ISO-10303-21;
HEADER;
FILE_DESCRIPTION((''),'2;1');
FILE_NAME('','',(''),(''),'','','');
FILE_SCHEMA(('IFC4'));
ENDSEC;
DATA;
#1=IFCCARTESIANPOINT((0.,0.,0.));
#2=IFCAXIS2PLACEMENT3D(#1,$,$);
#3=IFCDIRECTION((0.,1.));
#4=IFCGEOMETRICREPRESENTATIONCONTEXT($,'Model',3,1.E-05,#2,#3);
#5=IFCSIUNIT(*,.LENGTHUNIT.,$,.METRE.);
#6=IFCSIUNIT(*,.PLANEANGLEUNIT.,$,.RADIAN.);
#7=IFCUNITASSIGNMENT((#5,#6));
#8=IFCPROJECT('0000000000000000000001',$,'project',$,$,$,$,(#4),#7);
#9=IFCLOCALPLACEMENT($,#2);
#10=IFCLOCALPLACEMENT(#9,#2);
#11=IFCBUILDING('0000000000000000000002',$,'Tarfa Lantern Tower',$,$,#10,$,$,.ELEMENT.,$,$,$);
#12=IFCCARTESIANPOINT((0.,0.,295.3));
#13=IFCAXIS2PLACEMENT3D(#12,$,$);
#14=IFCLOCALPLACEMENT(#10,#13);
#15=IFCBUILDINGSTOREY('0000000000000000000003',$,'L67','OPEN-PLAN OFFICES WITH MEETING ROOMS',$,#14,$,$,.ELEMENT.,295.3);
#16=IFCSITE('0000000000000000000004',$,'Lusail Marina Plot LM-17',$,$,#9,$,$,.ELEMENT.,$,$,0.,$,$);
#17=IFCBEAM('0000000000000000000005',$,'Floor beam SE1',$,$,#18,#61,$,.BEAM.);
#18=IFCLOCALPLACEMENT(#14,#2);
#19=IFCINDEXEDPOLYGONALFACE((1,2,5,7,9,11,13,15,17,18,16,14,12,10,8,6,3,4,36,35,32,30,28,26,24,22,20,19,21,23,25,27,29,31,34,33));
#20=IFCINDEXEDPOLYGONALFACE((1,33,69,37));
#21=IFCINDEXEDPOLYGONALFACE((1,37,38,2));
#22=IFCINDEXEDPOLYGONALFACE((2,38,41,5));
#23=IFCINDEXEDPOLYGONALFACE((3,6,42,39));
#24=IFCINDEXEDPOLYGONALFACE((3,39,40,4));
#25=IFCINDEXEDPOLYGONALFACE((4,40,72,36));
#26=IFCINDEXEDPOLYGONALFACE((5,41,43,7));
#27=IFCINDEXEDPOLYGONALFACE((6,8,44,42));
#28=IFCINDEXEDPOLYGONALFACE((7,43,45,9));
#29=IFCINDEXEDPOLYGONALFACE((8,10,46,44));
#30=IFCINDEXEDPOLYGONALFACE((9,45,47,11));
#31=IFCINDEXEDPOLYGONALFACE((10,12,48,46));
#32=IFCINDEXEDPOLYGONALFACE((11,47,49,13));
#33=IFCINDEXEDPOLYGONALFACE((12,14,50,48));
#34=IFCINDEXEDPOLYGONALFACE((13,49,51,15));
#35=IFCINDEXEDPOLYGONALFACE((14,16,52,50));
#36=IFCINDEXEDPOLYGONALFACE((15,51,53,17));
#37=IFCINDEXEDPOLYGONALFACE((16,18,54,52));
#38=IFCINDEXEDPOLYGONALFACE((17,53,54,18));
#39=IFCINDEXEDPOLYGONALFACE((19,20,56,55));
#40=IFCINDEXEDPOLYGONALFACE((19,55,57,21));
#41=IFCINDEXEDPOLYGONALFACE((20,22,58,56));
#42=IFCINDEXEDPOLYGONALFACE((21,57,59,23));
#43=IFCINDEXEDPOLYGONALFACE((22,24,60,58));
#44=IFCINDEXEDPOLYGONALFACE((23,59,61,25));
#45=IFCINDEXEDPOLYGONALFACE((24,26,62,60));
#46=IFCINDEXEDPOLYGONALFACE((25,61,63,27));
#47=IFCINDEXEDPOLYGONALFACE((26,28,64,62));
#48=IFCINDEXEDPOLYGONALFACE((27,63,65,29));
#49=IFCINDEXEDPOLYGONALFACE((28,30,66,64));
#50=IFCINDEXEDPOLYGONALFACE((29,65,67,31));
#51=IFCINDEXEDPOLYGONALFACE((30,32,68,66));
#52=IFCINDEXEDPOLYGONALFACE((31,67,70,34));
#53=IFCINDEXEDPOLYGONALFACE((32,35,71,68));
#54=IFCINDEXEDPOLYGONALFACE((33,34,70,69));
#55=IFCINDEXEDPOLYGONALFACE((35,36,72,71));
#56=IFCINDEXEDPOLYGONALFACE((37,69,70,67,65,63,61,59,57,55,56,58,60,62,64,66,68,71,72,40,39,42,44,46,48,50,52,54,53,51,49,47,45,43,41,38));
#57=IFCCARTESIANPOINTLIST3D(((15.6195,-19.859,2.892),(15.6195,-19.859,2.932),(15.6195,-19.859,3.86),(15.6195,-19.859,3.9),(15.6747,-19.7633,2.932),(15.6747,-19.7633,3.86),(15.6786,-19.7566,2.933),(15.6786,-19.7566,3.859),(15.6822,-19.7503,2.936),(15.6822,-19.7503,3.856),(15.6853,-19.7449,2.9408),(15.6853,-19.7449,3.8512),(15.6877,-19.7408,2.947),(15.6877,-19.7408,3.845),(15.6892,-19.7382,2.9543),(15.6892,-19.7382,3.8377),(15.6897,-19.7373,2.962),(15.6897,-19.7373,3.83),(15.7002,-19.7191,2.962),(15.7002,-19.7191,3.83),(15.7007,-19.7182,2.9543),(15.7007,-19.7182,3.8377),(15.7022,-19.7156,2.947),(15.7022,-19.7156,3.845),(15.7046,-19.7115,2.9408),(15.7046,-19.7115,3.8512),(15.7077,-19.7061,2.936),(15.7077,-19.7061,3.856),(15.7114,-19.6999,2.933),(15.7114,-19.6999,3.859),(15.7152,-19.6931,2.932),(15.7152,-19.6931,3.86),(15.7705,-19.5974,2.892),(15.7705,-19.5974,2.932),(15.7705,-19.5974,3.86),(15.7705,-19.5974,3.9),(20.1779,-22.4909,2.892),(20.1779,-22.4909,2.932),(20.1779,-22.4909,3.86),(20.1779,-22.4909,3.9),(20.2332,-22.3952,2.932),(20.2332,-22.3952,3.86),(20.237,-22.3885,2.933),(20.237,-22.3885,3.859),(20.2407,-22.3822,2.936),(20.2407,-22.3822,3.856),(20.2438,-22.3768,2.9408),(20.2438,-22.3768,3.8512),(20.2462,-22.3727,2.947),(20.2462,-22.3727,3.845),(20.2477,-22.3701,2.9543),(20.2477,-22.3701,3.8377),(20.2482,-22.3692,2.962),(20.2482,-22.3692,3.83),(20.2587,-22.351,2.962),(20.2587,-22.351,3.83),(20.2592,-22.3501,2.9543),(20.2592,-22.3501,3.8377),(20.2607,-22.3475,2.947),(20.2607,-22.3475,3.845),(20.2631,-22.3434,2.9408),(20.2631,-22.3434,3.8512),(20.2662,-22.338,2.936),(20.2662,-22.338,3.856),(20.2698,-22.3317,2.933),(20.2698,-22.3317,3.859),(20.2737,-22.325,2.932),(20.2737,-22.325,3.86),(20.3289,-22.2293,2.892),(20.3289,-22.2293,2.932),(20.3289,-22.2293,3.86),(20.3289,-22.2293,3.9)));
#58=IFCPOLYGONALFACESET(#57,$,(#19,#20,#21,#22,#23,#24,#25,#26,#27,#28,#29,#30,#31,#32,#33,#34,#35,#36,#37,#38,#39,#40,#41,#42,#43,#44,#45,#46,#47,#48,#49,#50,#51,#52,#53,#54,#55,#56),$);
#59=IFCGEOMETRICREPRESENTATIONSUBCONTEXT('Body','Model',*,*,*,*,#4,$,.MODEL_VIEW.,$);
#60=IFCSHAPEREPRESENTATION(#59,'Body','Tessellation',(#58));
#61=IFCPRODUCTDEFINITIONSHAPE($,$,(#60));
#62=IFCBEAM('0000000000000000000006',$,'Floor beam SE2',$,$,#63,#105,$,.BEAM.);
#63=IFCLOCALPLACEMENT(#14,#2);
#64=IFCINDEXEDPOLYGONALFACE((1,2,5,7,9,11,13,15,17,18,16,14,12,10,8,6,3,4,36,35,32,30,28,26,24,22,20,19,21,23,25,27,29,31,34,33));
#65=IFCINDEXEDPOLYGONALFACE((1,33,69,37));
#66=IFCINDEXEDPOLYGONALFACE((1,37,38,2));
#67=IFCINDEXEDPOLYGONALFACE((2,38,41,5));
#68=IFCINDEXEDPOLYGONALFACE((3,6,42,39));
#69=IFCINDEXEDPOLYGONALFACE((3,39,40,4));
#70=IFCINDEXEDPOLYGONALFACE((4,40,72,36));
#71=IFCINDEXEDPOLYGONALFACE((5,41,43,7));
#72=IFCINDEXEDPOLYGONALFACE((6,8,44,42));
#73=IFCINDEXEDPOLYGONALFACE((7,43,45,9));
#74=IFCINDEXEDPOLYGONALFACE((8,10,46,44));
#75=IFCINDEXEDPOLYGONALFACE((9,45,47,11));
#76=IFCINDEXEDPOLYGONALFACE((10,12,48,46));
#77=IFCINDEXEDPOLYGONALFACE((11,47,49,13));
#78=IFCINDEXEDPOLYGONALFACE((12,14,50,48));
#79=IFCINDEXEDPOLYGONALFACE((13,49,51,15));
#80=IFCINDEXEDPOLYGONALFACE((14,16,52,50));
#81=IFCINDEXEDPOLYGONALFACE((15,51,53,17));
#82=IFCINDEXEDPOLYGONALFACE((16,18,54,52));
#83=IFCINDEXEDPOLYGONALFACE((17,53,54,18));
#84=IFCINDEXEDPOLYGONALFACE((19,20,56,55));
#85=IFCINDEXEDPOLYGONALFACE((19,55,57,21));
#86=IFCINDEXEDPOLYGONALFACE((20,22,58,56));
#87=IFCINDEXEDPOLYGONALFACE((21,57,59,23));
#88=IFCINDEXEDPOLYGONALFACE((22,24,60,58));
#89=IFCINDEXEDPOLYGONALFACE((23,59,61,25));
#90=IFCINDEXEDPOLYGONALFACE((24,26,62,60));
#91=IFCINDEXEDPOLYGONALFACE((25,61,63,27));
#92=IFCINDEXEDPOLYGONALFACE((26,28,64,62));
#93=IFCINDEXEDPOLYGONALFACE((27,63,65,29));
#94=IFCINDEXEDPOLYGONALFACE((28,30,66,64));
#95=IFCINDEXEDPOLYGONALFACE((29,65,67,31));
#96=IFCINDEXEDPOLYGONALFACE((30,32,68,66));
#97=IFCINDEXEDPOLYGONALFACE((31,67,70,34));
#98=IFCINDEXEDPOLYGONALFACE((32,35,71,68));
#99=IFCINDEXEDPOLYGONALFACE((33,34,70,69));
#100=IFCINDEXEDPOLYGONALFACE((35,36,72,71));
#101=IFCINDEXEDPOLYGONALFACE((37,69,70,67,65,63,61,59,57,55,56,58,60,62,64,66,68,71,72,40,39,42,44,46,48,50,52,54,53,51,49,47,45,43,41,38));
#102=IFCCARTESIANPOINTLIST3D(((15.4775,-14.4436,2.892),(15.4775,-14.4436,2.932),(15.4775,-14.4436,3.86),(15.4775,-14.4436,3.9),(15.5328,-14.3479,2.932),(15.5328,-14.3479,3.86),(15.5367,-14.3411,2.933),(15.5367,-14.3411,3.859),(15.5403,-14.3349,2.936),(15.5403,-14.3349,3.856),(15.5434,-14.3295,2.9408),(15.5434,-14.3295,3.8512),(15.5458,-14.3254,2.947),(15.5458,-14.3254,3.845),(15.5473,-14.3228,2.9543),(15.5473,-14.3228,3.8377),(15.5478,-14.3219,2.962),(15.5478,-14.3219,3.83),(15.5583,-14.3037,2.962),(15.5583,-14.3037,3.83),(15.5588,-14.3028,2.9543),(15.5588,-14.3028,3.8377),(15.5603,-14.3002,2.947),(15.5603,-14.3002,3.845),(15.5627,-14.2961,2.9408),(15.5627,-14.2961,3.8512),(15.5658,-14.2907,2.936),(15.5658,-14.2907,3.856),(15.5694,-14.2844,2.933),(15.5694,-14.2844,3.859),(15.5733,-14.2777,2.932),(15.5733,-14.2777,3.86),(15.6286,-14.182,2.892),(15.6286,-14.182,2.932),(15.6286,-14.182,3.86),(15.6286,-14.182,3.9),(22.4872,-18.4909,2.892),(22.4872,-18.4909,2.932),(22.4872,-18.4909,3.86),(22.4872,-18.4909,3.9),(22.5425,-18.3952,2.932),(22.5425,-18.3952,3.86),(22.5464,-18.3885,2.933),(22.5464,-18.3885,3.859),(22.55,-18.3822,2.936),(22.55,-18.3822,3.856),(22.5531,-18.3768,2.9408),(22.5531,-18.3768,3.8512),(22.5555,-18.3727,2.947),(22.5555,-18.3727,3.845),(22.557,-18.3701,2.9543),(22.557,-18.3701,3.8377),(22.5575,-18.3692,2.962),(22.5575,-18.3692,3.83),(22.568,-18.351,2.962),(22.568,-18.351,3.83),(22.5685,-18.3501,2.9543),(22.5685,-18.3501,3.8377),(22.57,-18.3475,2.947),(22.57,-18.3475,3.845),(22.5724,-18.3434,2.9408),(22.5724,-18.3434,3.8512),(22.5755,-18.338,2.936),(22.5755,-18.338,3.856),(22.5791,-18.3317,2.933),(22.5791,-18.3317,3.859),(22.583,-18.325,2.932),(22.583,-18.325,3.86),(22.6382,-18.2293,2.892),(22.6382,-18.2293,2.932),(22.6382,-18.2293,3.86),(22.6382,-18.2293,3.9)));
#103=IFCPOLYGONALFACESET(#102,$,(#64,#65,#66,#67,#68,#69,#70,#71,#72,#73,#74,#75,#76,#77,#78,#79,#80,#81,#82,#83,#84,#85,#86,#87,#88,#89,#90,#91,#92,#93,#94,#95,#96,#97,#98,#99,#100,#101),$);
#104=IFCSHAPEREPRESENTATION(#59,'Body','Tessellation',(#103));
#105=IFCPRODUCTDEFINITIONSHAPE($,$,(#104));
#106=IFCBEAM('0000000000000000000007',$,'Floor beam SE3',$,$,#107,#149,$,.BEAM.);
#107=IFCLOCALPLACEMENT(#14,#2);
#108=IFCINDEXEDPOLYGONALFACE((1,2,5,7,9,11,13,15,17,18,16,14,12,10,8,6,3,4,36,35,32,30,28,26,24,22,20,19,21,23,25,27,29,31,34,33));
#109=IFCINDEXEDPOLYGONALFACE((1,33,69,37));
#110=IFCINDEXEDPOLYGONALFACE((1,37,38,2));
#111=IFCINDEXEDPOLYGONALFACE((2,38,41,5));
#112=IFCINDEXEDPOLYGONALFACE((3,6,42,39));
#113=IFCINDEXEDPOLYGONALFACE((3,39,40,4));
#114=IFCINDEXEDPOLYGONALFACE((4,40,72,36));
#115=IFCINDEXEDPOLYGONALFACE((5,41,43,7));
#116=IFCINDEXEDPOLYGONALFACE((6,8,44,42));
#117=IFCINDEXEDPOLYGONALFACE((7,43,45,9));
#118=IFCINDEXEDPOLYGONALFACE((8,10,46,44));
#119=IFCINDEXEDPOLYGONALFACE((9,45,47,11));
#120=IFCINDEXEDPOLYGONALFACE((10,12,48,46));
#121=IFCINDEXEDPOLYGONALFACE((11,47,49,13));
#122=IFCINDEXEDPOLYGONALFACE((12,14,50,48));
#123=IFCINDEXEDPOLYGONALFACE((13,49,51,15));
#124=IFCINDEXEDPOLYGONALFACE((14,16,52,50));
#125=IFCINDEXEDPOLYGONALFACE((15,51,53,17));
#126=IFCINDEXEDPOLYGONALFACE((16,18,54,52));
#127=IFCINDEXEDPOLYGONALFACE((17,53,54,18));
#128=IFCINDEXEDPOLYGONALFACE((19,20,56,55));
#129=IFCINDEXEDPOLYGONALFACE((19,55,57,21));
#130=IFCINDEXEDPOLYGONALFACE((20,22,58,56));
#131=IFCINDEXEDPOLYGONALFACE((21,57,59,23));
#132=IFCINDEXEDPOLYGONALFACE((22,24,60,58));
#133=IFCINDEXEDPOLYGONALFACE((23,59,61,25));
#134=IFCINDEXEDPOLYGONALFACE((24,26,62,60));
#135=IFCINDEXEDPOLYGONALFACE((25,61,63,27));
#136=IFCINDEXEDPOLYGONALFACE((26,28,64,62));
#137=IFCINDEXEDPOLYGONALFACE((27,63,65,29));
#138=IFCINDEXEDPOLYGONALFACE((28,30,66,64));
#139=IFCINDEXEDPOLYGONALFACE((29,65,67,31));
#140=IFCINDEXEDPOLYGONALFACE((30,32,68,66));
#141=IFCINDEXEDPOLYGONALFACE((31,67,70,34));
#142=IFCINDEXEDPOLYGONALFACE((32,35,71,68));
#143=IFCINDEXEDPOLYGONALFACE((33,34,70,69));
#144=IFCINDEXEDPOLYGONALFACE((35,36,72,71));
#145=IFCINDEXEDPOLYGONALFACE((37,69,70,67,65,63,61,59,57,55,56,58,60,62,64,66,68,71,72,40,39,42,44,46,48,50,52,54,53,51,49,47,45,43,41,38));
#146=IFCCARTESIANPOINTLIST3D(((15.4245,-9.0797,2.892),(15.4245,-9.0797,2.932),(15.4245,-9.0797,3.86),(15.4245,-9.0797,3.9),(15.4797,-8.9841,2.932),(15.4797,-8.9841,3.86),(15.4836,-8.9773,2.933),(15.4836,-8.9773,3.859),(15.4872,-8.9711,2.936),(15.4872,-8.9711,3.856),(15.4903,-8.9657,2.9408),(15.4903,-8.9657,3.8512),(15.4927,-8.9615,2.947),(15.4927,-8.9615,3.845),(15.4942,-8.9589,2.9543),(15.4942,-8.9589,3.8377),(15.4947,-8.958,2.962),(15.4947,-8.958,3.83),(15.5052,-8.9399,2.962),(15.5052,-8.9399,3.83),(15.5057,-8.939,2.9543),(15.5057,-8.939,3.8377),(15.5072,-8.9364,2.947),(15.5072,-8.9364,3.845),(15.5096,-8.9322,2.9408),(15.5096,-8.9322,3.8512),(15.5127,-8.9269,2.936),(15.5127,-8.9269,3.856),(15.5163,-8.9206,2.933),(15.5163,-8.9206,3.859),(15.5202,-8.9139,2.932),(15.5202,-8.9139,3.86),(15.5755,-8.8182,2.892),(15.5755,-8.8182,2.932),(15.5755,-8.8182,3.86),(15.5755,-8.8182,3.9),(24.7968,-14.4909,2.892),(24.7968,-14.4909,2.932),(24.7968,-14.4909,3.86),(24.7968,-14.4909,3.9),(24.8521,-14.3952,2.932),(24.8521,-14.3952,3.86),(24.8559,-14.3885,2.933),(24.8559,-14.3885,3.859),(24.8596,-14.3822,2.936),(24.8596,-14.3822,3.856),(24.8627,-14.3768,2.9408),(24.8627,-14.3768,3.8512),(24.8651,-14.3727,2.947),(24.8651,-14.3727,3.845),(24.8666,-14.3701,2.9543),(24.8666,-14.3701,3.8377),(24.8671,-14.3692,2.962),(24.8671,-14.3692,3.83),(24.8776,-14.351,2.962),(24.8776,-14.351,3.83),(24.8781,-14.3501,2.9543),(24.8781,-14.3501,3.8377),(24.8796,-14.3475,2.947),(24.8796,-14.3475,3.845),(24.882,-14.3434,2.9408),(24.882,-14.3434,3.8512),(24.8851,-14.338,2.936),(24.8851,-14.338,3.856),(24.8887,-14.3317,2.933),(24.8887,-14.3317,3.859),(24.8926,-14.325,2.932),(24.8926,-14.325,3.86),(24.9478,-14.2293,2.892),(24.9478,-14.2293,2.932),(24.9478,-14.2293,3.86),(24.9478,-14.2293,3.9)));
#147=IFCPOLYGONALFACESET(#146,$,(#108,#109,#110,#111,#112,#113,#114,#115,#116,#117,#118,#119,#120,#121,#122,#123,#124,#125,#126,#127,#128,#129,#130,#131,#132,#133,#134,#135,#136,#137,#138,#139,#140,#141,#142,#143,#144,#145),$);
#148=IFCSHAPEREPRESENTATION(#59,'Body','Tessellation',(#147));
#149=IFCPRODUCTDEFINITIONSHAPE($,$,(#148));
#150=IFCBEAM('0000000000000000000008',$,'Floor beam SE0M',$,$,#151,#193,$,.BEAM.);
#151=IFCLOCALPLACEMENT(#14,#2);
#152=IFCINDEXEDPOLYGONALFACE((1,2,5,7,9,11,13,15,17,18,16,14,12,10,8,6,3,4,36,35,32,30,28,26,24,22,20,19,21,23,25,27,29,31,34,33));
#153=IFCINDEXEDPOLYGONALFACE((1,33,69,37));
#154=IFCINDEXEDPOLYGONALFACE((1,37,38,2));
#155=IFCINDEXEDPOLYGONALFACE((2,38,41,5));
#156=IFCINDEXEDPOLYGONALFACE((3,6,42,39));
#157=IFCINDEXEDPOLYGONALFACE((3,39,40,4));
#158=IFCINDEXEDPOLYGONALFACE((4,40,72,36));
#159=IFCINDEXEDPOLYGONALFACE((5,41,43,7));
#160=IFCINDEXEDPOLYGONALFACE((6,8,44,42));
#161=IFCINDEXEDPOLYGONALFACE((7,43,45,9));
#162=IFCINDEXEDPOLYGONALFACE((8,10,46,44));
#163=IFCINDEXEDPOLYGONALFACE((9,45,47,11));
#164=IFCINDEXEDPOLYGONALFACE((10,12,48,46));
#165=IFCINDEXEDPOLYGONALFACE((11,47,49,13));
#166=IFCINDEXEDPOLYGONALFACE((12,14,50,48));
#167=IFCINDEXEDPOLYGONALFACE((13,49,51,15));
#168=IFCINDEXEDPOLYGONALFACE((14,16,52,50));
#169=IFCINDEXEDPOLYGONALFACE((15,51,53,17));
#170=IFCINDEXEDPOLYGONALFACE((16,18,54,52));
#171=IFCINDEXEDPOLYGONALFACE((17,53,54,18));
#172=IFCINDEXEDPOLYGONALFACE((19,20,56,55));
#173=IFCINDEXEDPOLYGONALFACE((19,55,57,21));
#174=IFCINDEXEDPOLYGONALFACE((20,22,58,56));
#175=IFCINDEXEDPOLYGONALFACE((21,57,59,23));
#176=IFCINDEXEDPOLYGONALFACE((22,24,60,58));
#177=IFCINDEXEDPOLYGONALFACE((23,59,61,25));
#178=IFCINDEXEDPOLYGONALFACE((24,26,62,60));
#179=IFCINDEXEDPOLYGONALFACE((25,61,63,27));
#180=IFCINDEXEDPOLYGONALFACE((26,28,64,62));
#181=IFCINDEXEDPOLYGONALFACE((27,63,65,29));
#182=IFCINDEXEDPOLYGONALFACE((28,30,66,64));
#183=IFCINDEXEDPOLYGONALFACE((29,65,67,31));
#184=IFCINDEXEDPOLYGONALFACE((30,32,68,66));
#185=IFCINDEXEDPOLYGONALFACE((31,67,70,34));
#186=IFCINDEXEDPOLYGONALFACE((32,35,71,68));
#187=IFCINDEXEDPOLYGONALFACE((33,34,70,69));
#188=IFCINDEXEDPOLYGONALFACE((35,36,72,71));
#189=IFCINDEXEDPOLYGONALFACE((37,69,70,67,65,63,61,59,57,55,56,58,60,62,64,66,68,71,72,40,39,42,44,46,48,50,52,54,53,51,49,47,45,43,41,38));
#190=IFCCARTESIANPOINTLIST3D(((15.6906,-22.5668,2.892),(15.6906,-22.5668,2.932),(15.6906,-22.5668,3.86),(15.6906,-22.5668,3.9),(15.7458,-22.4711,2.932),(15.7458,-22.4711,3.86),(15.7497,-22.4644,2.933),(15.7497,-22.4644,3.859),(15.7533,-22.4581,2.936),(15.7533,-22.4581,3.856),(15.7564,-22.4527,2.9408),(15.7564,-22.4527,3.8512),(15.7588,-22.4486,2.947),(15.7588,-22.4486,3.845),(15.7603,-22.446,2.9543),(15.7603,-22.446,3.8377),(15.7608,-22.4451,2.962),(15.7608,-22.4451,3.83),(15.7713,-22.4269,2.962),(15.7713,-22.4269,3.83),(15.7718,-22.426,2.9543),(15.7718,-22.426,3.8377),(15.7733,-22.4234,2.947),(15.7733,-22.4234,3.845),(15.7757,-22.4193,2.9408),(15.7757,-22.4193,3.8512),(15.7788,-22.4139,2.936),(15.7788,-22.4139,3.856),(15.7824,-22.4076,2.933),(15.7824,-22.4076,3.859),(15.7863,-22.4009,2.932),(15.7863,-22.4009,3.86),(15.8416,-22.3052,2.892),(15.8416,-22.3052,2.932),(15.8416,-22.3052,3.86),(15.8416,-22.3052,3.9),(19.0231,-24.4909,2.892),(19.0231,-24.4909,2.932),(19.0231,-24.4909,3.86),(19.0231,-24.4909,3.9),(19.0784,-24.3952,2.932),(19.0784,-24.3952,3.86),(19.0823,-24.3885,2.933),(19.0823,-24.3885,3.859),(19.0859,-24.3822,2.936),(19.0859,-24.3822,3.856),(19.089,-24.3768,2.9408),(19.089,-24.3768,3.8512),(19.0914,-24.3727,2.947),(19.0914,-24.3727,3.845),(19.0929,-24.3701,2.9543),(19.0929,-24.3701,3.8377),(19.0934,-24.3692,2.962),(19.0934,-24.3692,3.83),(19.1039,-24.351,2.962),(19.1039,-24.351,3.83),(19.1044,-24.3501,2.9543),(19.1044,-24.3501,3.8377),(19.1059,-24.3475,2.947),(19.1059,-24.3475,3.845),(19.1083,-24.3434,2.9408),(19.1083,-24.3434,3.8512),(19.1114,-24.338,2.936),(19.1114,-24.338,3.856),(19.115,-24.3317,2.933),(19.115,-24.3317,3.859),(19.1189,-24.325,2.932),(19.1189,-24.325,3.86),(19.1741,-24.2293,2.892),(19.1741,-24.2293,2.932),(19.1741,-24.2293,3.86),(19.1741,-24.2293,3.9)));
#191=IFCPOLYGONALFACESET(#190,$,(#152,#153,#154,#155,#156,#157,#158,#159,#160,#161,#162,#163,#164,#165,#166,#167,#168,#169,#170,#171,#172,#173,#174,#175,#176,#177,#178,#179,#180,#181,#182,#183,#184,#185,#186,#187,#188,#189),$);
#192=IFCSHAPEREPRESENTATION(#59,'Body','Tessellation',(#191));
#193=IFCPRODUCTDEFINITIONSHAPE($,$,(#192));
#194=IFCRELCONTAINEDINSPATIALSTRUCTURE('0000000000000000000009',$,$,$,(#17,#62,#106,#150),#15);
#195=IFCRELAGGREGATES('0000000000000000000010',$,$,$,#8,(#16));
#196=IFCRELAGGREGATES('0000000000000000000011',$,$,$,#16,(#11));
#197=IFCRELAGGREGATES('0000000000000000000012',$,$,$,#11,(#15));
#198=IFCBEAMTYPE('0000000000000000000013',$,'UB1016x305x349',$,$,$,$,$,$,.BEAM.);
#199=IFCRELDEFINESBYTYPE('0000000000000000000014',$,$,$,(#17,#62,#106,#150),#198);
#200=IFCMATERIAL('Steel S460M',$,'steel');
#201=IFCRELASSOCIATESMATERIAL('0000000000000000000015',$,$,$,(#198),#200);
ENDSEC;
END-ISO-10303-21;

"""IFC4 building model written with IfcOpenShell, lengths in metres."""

from ifc_helpers import new_model, si_unit, direction, frame, origin, origin_2d, place, context, subcontext, project, spatial, i_section, extrude, material, material_profile, profile_set, type_object, element, save


model = new_model("IFC4")

# Units and contexts
model_context = context("Model", 3, precision=1e-05, world=origin(), true_north=direction((0.0, 1.0)))
body_context = subcontext(model_context, "Body", "Model", "MODEL_VIEW")
ifc_project = project(units=[si_unit("LENGTHUNIT", "METRE"), si_unit("PLANEANGLEUNIT", "RADIAN")], contexts=[model_context])

# Site, building, storey
site_placement = place(None, origin())
site = spatial("IfcSite", under=ifc_project, at=site_placement, Name="Lusail Marina Plot LM-17", CompositionType="ELEMENT", RefElevation=0.0)
building_placement = place(site_placement, origin())
building = spatial("IfcBuilding", under=site, at=building_placement, Name="Tarfa Lantern Tower", CompositionType="ELEMENT")
storey_placement = place(building_placement, frame((0.0, 0.0, 295.3)))
storey = spatial("IfcBuildingStorey", under=building, at=storey_placement, Name="L67", Description="OPEN-PLAN OFFICES WITH MEETING ROOMS", CompositionType="ELEMENT", Elevation=295.3)

# Beams
ifc_material_1 = material(Name="Steel S460M", Category="steel")
ifc_material_profile_1 = material_profile(ifc_material_1, i_section(OverallWidth=0.302, OverallDepth=1.0081, WebThickness=0.021, FlangeThickness=0.04, FilletRadius=0.03, at=origin_2d()), Name="UB1016x305x349")
ifc_profile_set_1 = profile_set([ifc_material_profile_1], Name="Steel S460M")
beam_type_1 = type_object("IfcBeamType", Name="UB1016x305x349", PredefinedType="BEAM", material=ifc_profile_set_1)
beam_1_placement = place(storey_placement, frame((20.2534, -22.3601, 3.396), z_axis=(-0.86602, 0.50001, 0.0), x_axis=(-0.50001, -0.86602, 0.0)))
element("IfcBeam", 1, at=beam_1_placement, inside=storey, type_object=beam_type_1, Name="Floor beam SE1", PredefinedType="BEAM", context=body_context, shape_type="SweptSolid", body=[
    extrude(i_section(OverallWidth=0.302, OverallDepth=1.0081, WebThickness=0.021, FlangeThickness=0.04, FilletRadius=0.03, at=origin_2d()), origin(), (0.0, 0.0, 1.0), 5.2637),
])
beam_2_placement = place(storey_placement, frame((22.5627, -18.3601, 3.396), z_axis=(-0.866011, 0.500025, 0.0), x_axis=(-0.500025, -0.866011, 0.0)))
element("IfcBeam", 2, at=beam_2_placement, inside=storey, type_object=beam_type_1, Name="Floor beam SE2", PredefinedType="BEAM", context=body_context, shape_type="SweptSolid", body=[
    extrude(i_section(OverallWidth=0.302, OverallDepth=1.0081, WebThickness=0.021, FlangeThickness=0.04, FilletRadius=0.03, at=origin_2d()), origin(), (0.0, 0.0, 1.0), 8.0942),
])
beam_3_placement = place(storey_placement, frame((24.8723, -14.3601, 3.396), z_axis=(-0.866024, 0.500002, 0.0), x_axis=(-0.500002, -0.866024, 0.0)))
element("IfcBeam", 3, at=beam_3_placement, inside=storey, type_object=beam_type_1, Name="Floor beam SE3", PredefinedType="BEAM", context=body_context, shape_type="SweptSolid", body=[
    extrude(i_section(OverallWidth=0.302, OverallDepth=1.0081, WebThickness=0.021, FlangeThickness=0.04, FilletRadius=0.03, at=origin_2d()), origin(), (0.0, 0.0, 1.0), 10.8223),
])
beam_4_placement = place(storey_placement, frame((19.0986, -24.3601, 3.396), z_axis=(-0.866021, 0.500008, 0.0), x_axis=(-0.500008, -0.866021, 0.0)))
element("IfcBeam", 4, at=beam_4_placement, inside=storey, type_object=beam_type_1, Name="Floor beam SE0M", PredefinedType="BEAM", context=body_context, shape_type="SweptSolid", body=[
    extrude(i_section(OverallWidth=0.302, OverallDepth=1.0081, WebThickness=0.021, FlangeThickness=0.04, FilletRadius=0.03, at=origin_2d()), origin(), (0.0, 0.0, 1.0), 3.8481),
])

save(model, "model.ifc")
